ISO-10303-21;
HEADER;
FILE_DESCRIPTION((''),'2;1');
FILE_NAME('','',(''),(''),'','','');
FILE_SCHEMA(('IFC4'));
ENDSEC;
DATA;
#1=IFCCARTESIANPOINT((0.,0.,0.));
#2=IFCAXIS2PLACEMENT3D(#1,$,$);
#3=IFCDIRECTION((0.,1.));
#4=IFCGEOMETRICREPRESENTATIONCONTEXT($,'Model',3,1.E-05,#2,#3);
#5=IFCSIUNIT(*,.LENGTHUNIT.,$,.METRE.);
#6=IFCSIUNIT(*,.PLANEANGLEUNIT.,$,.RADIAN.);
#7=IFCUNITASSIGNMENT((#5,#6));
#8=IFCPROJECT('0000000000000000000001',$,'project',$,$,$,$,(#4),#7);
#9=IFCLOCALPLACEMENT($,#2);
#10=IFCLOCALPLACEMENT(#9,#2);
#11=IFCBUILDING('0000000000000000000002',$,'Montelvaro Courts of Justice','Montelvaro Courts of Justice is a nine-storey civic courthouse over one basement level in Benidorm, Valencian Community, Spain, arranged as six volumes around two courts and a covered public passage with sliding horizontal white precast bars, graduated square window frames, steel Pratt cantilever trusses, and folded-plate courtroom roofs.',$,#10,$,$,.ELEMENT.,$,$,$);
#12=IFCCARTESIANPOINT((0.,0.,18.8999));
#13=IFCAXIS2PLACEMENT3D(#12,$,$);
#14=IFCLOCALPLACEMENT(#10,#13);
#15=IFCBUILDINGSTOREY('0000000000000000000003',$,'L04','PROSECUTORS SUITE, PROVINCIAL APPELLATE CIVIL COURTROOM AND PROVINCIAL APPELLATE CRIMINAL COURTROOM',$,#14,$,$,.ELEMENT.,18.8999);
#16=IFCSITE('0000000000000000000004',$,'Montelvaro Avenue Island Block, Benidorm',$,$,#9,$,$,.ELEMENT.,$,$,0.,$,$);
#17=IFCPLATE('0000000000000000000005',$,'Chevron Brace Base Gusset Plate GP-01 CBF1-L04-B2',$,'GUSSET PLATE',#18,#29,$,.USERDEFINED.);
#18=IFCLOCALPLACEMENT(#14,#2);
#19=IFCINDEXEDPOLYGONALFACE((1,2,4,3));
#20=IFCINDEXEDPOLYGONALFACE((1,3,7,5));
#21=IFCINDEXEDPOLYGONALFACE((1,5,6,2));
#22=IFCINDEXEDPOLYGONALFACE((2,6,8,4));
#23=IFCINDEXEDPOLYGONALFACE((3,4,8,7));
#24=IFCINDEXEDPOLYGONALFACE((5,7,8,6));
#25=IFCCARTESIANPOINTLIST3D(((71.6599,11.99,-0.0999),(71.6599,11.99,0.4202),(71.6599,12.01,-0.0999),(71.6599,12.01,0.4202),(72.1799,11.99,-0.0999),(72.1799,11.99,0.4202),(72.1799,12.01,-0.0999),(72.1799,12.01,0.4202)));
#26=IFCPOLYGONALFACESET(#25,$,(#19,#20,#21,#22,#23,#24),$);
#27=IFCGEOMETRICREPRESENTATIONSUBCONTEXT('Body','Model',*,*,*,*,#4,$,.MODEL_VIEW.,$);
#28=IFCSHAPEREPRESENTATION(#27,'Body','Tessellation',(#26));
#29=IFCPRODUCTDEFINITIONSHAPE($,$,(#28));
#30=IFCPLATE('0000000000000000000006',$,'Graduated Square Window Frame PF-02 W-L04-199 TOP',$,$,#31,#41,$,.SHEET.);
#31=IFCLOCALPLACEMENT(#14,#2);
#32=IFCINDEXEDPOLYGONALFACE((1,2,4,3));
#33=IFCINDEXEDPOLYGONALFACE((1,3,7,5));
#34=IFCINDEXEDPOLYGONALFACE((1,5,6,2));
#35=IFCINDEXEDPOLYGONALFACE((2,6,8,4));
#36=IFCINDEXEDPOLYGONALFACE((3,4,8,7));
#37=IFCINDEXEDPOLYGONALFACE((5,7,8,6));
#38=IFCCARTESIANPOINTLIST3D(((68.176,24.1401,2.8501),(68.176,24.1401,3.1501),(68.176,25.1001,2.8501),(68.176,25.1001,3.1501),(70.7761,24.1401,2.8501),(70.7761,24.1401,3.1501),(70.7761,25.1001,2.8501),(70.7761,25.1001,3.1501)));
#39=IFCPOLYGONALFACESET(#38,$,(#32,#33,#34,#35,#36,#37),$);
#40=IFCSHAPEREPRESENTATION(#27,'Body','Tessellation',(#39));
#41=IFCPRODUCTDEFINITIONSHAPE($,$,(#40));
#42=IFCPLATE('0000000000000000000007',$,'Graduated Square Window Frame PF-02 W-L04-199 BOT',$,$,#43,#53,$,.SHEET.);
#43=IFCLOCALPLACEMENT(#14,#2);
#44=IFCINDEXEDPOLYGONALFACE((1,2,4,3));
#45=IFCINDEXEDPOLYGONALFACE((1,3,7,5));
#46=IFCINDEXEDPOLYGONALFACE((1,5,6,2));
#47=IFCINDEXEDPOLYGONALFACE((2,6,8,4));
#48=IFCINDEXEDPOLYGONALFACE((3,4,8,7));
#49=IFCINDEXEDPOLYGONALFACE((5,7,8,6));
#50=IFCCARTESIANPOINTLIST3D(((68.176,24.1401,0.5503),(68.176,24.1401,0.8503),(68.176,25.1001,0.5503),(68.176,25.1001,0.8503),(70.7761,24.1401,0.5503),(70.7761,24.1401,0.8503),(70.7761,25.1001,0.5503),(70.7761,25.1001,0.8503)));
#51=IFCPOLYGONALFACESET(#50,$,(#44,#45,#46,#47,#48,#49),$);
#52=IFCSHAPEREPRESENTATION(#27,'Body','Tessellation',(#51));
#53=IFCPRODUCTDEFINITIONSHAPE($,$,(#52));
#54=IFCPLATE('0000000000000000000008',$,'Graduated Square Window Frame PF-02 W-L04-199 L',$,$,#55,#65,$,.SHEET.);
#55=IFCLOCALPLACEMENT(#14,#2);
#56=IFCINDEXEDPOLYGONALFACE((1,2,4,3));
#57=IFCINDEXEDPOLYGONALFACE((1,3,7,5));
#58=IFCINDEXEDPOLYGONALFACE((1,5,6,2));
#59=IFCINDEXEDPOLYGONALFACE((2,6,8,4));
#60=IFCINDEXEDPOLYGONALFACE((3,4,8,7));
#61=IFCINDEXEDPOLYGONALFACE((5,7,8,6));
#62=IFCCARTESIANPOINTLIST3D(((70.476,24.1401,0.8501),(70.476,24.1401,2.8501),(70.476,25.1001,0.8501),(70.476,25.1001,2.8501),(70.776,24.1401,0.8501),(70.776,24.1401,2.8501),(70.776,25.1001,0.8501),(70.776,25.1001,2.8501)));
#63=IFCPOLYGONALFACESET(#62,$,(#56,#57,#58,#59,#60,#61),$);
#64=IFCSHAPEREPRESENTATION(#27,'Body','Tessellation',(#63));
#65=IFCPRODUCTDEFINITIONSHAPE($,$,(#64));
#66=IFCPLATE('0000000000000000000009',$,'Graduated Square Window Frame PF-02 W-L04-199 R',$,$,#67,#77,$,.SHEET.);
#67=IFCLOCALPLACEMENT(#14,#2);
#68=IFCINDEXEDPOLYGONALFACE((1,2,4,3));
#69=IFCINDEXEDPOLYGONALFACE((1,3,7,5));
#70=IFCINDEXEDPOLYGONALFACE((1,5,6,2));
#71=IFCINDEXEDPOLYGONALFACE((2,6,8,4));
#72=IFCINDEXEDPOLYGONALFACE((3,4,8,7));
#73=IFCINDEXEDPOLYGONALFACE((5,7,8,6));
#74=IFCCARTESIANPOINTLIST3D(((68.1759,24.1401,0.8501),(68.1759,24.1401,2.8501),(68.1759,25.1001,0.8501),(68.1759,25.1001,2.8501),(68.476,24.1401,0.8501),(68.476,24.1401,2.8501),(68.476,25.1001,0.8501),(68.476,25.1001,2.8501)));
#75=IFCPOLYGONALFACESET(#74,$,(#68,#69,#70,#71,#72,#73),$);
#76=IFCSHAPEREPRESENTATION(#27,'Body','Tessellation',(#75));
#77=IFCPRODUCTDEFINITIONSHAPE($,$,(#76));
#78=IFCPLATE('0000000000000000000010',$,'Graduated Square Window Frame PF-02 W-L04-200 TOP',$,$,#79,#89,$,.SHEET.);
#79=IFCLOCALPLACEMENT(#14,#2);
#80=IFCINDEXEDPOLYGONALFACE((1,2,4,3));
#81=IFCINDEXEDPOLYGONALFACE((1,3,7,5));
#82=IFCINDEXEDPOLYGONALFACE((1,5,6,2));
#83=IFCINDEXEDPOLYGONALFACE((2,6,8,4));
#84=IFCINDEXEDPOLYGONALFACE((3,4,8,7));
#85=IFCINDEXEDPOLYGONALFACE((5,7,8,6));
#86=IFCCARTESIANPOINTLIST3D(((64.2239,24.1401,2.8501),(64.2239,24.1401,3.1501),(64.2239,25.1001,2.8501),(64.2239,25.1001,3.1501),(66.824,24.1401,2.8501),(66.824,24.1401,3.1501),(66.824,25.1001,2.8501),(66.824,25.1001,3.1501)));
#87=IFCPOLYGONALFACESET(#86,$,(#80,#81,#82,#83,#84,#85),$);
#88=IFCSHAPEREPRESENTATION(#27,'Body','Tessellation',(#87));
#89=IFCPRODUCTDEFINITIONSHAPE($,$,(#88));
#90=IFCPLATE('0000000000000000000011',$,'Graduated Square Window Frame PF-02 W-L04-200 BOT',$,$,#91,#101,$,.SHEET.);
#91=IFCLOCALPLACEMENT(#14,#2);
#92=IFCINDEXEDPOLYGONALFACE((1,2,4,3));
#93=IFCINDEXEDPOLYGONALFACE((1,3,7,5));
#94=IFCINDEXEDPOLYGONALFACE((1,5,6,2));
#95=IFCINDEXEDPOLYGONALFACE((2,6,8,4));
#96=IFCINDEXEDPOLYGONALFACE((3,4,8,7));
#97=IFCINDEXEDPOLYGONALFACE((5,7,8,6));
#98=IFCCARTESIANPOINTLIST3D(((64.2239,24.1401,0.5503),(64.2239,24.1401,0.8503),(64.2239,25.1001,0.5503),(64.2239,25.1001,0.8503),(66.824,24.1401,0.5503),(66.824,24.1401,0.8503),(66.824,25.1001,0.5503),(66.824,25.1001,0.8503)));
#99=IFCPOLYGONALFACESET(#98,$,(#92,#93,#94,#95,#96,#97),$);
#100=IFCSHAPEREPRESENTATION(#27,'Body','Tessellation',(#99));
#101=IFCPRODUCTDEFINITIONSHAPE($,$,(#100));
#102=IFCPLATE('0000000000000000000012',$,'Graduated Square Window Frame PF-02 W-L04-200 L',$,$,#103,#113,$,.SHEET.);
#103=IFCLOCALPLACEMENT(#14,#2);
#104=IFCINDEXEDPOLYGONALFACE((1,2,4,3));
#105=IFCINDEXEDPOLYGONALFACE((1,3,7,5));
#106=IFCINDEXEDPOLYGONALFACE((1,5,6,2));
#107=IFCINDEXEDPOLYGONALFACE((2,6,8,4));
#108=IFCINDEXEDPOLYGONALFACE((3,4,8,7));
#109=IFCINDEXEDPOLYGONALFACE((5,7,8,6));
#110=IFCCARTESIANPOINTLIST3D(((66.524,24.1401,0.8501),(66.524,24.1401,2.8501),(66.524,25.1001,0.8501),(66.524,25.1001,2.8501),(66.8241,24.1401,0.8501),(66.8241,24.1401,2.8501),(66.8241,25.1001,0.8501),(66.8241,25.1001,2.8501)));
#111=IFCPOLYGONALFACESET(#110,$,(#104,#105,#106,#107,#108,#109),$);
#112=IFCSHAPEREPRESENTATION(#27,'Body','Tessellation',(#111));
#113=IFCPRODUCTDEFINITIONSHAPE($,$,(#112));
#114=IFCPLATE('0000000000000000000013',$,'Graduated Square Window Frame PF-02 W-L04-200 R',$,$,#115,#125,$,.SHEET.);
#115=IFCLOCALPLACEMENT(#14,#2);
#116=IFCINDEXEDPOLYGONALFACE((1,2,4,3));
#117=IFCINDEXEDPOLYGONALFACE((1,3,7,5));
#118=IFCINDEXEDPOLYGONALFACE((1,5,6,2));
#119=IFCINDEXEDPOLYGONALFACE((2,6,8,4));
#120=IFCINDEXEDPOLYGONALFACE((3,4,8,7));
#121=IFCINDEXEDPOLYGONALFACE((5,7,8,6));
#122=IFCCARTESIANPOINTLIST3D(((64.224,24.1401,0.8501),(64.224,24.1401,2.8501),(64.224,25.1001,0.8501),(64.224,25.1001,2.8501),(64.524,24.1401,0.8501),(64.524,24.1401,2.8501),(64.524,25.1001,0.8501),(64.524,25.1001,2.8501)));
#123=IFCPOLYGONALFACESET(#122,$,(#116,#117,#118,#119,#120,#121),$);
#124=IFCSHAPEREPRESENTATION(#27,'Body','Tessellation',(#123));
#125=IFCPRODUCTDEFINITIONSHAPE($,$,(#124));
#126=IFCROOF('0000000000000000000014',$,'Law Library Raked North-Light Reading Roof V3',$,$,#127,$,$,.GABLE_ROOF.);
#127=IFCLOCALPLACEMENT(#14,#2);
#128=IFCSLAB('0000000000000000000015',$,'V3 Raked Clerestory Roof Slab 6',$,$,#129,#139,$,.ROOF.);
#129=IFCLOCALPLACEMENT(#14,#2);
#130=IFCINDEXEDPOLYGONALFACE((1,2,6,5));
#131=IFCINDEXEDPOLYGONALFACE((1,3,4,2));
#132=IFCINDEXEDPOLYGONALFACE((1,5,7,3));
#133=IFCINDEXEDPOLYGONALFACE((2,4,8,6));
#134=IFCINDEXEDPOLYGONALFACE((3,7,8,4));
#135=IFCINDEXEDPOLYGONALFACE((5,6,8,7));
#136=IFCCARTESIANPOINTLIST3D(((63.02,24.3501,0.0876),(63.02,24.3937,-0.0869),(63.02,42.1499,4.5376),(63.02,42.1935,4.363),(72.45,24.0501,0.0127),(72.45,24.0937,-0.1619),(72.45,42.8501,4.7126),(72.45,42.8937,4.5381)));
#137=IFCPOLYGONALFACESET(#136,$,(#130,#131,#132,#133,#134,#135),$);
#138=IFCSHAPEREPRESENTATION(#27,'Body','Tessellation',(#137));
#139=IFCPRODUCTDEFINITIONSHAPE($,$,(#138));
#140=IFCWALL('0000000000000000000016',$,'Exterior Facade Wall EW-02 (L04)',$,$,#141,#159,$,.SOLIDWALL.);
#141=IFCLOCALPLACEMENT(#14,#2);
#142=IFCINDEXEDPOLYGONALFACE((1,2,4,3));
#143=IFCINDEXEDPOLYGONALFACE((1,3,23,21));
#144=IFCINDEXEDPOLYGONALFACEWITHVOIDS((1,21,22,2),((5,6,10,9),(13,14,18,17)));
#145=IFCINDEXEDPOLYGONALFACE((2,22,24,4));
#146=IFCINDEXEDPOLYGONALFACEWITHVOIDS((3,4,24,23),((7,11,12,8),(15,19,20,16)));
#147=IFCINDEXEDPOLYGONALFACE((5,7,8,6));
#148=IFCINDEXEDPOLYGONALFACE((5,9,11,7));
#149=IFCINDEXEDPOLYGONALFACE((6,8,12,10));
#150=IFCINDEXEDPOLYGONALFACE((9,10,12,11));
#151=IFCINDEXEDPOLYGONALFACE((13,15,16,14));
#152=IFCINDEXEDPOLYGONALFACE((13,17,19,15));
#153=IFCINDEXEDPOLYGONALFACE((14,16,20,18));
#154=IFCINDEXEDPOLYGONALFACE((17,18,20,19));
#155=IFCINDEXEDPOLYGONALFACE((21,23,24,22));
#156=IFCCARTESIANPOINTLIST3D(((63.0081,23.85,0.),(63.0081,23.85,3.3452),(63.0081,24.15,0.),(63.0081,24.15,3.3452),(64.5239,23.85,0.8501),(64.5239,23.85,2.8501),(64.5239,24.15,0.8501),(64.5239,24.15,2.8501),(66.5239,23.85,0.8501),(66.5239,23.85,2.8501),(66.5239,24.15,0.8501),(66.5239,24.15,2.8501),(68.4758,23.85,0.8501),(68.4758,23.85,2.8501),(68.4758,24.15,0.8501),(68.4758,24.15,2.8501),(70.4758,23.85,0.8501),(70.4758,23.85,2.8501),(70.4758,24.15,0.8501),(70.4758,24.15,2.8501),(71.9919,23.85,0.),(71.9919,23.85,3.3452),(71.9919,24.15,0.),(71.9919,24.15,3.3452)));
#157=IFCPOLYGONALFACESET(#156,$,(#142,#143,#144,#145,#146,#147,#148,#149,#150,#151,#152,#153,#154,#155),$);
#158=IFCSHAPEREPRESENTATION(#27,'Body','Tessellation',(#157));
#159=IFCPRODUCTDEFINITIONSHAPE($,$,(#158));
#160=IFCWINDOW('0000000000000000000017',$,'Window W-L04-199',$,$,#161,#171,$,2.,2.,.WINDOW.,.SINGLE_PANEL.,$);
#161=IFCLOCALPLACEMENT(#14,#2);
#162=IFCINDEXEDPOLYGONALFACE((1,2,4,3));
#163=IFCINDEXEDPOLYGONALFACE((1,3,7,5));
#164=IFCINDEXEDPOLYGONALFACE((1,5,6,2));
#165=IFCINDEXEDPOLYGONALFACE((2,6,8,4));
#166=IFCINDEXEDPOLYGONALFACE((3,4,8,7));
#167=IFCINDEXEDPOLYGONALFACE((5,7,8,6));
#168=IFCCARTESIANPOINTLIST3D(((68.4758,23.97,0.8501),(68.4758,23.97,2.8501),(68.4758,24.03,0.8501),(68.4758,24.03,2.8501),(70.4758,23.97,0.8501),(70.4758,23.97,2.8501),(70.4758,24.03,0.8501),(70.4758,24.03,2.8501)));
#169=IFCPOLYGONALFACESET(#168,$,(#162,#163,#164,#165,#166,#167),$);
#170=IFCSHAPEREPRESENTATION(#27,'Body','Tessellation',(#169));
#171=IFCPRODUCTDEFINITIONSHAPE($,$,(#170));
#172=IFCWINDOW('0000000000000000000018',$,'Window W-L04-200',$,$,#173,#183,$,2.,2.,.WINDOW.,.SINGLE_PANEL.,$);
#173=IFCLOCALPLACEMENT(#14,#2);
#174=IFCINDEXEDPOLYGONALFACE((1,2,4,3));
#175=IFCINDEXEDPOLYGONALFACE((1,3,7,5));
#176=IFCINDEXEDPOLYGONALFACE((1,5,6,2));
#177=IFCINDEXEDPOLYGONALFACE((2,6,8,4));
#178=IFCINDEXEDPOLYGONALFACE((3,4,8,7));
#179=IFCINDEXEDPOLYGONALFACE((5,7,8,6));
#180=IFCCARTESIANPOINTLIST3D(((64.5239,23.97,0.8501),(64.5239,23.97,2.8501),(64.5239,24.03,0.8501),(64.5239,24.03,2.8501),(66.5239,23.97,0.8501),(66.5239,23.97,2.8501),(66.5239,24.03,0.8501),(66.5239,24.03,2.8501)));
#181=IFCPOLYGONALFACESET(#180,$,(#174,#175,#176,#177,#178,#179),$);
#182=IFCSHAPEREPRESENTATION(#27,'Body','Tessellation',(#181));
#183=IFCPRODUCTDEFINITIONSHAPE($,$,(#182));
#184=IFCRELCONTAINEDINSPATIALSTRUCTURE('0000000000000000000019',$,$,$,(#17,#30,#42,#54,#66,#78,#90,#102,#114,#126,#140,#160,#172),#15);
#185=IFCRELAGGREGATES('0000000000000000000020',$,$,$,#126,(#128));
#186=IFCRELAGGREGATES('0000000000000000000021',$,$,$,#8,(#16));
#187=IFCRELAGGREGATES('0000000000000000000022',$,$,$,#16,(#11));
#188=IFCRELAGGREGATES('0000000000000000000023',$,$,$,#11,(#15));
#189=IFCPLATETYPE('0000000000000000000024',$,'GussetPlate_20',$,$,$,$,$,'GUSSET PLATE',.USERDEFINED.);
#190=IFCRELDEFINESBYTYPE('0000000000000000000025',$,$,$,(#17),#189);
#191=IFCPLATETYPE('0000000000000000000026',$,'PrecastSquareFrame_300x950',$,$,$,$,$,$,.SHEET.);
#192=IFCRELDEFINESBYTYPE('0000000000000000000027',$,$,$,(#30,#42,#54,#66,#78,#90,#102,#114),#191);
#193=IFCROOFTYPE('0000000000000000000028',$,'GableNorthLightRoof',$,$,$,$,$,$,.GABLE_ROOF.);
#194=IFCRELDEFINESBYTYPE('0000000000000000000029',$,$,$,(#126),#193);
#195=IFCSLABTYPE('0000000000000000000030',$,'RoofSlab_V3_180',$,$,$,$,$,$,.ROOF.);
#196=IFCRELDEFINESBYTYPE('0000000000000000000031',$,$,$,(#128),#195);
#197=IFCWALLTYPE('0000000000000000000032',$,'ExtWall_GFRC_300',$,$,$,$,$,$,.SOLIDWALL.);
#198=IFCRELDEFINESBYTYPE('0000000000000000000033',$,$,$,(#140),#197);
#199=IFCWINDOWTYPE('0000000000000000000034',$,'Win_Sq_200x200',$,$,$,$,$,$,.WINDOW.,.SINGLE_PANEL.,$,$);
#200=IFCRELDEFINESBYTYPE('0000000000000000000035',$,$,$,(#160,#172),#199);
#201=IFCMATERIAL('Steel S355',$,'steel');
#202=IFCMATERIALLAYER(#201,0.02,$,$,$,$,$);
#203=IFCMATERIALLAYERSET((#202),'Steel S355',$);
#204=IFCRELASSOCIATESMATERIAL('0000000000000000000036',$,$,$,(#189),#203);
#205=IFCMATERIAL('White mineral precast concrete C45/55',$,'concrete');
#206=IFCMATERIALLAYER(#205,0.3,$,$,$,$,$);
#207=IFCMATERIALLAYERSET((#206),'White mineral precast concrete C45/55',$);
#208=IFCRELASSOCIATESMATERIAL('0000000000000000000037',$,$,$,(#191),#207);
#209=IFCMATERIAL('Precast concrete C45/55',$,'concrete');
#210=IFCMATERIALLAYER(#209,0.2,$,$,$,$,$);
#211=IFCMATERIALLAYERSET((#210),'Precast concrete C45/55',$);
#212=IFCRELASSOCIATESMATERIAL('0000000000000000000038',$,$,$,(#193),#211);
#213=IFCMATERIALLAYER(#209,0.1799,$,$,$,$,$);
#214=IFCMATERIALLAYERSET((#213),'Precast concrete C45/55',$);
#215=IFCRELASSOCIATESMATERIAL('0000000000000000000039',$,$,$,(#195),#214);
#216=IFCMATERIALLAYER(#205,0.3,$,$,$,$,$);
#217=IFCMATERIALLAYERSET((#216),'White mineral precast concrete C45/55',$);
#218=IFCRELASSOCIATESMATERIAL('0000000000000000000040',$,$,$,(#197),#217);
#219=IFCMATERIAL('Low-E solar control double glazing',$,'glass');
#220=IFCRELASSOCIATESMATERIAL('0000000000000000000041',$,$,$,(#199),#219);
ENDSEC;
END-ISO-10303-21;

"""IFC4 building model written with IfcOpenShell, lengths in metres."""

from ifc_helpers import new_model, si_unit, direction, frame, frame_2d, origin, origin_2d, place, context, subcontext, project, spatial, polyline, rectangle, outline, extrude, material, layer, layer_set, type_object, element, fill, aggregate, save


model = new_model("IFC4")

# Units and contexts
model_context = context("Model", 3, precision=1e-05, world=origin(), true_north=direction((0.0, 1.0)))
body_context = subcontext(model_context, "Body", "Model", "MODEL_VIEW")
ifc_project = project(units=[si_unit("LENGTHUNIT", "METRE"), si_unit("PLANEANGLEUNIT", "RADIAN")], contexts=[model_context])

# Site, building, storey
site_placement = place(None, origin())
site = spatial("IfcSite", under=ifc_project, at=site_placement, Name="Montelvaro Avenue Island Block, Benidorm", CompositionType="ELEMENT", RefElevation=0.0)
building_placement = place(site_placement, origin())
building = spatial("IfcBuilding", under=site, at=building_placement, Name="Montelvaro Courts of Justice", Description="Montelvaro Courts of Justice is a nine-storey civic courthouse over one basement level in Benidorm, Valencian Community, Spain, arranged as six volumes around two courts and a covered public passage with sliding horizontal white precast bars, graduated square window frames, steel Pratt cantilever trusses, and folded-plate courtroom roofs.", CompositionType="ELEMENT")
storey_placement = place(building_placement, frame((0.0, 0.0, 18.8999)))
storey = spatial("IfcBuildingStorey", under=building, at=storey_placement, Name="L04", Description="PROSECUTORS SUITE, PROVINCIAL APPELLATE CIVIL COURTROOM AND PROVINCIAL APPELLATE CRIMINAL COURTROOM", CompositionType="ELEMENT", Elevation=18.8999)

# Shared definitions
ifc_material_1 = material(Name="Steel S355", Category="steel")

# Plates
ifc_layer_1 = layer(ifc_material_1, 0.02)
ifc_layer_set_1 = layer_set([ifc_layer_1], Name="Steel S355")
plate_type_1 = type_object("IfcPlateType", Name="GussetPlate_20", ElementType="GUSSET PLATE", PredefinedType="USERDEFINED", material=ifc_layer_set_1)
plate_1_placement = place(storey_placement, frame((71.9199, 12.0, -0.0999), z_axis=(0.0, 0.0, 1.0), x_axis=(1.0, 0.0, 0.0)))
element("IfcPlate", 1, at=plate_1_placement, inside=storey, type_object=plate_type_1, Name="Chevron Brace Base Gusset Plate GP-01 CBF1-L04-B2", ObjectType="GUSSET PLATE", PredefinedType="USERDEFINED", context=body_context, shape_type="SweptSolid", body=[
    extrude(rectangle(XDim=0.52, YDim=0.02, at=origin_2d()), origin(), (0.0, 0.0, 1.0), 0.52),
])
ifc_material_2 = material(Name="White mineral precast concrete C45/55", Category="concrete")
ifc_layer_2 = layer(ifc_material_2, 0.3)
ifc_layer_set_2 = layer_set([ifc_layer_2], Name="White mineral precast concrete C45/55")
plate_type_2 = type_object("IfcPlateType", Name="PrecastSquareFrame_300x950", PredefinedType="SHEET", material=ifc_layer_set_2)
for number, where, z_axis, x_axis, name in (
    (2, (69.4761, 24.6201, 2.8501), (0.0, 0.0, 1.0), (-1.0, 0.0, 0.0), "Graduated Square Window Frame PF-02 W-L04-199 TOP"),
    (3, (69.4761, 24.6201, 0.5503), (0.0, 0.0, 1.0), (-1.0, 0.0, 0.0), "Graduated Square Window Frame PF-02 W-L04-199 BOT"),
):
    element("IfcPlate", number, at=place(storey_placement, frame(where, z_axis=z_axis, x_axis=x_axis)), inside=storey, type_object=plate_type_2, Name=name, PredefinedType="SHEET", context=body_context, shape_type="SweptSolid", body=[
        extrude(rectangle(XDim=2.6001, YDim=0.96, at=origin_2d()), origin(), (0.0, 0.0, 1.0), 0.3),
    ])
for number, where, z_axis, x_axis, name in (
    (4, (70.626, 24.6201, 0.8501), (0.0, 0.0, 1.0), (-1.0, 0.0, 0.0), "Graduated Square Window Frame PF-02 W-L04-199 L"),
    (5, (68.3259, 24.6201, 0.8501), (0.0, 0.0, 1.0), (-1.0, 0.0, 0.0), "Graduated Square Window Frame PF-02 W-L04-199 R"),
):
    element("IfcPlate", number, at=place(storey_placement, frame(where, z_axis=z_axis, x_axis=x_axis)), inside=storey, type_object=plate_type_2, Name=name, PredefinedType="SHEET", context=body_context, shape_type="SweptSolid", body=[
        extrude(rectangle(XDim=0.3, YDim=0.96, at=origin_2d()), origin(), (0.0, 0.0, 1.0), 2.0),
    ])
for number, where, z_axis, x_axis, name in (
    (6, (65.5239, 24.6201, 2.8501), (0.0, 0.0, 1.0), (-1.0, 0.0, 0.0), "Graduated Square Window Frame PF-02 W-L04-200 TOP"),
    (7, (65.5239, 24.6201, 0.5503), (0.0, 0.0, 1.0), (-1.0, 0.0, 0.0), "Graduated Square Window Frame PF-02 W-L04-200 BOT"),
):
    element("IfcPlate", number, at=place(storey_placement, frame(where, z_axis=z_axis, x_axis=x_axis)), inside=storey, type_object=plate_type_2, Name=name, PredefinedType="SHEET", context=body_context, shape_type="SweptSolid", body=[
        extrude(rectangle(XDim=2.6001, YDim=0.96, at=origin_2d()), origin(), (0.0, 0.0, 1.0), 0.3),
    ])
for number, where, z_axis, x_axis, name in (
    (8, (66.6741, 24.6201, 0.8501), (0.0, 0.0, 1.0), (-1.0, 0.0, 0.0), "Graduated Square Window Frame PF-02 W-L04-200 L"),
    (9, (64.374, 24.6201, 0.8501), (0.0, 0.0, 1.0), (-1.0, 0.0, 0.0), "Graduated Square Window Frame PF-02 W-L04-200 R"),
):
    element("IfcPlate", number, at=place(storey_placement, frame(where, z_axis=z_axis, x_axis=x_axis)), inside=storey, type_object=plate_type_2, Name=name, PredefinedType="SHEET", context=body_context, shape_type="SweptSolid", body=[
        extrude(rectangle(XDim=0.3, YDim=0.96, at=origin_2d()), origin(), (0.0, 0.0, 1.0), 2.0),
    ])

# Roof, slab
ifc_material_3 = material(Name="Precast concrete C45/55", Category="concrete")
ifc_layer_3 = layer(ifc_material_3, 0.2)
ifc_layer_set_3 = layer_set([ifc_layer_3], Name="Precast concrete C45/55")
roof_type = type_object("IfcRoofType", Name="GableNorthLightRoof", PredefinedType="GABLE_ROOF", material=ifc_layer_set_3)
roof_placement = place(storey_placement, origin())
roof = element("IfcRoof", 10, at=roof_placement, inside=storey, type_object=roof_type, Name="Law Library Raked North-Light Reading Roof V3", PredefinedType="GABLE_ROOF")
ifc_layer_4 = layer(ifc_material_3, 0.1799)
ifc_layer_set_4 = layer_set([ifc_layer_4], Name="Precast concrete C45/55")
slab_type = type_object("IfcSlabType", Name="RoofSlab_V3_180", PredefinedType="ROOF", material=ifc_layer_set_4)
slab_placement = place(storey_placement, frame((63.02, 24.3501, 0.0876), z_axis=(-0.000003, -0.242534, 0.970143), x_axis=(0.999463, -0.031801, -0.007947)))
slab = element("IfcSlab", 11, at=slab_placement, type_object=slab_type, Name="V3 Raked Clerestory Roof Slab 6", PredefinedType="ROOF", context=body_context, shape_type="SweptSolid", body=[
    extrude(outline(polyline([(0.0, 0.0), (9.435, 0.0), (8.7998, 19.3682), (-0.6014, 18.3378), (0.0, 0.0)])), origin(), (0.0, 0.0, -1.0), 0.1799),
])
aggregate(roof, [slab])

# Wall, openings, windows
ifc_layer_5 = layer(ifc_material_2, 0.3)
ifc_layer_set_5 = layer_set([ifc_layer_5], Name="White mineral precast concrete C45/55")
wall_type = type_object("IfcWallType", Name="ExtWall_GFRC_300", PredefinedType="SOLIDWALL", material=ifc_layer_set_5)
wall_placement = place(storey_placement, frame((71.9919, 24.0, 0.0), z_axis=(0.0, 0.0, 1.0), x_axis=(-1.0, 0.0, 0.0)))
wall = element("IfcWall", 12, at=wall_placement, inside=storey, type_object=wall_type, Name="Exterior Facade Wall EW-02 (L04)", PredefinedType="SOLIDWALL", context=body_context, shape_type="SweptSolid", body=[
    extrude(rectangle(XDim=8.9839, YDim=0.3, at=frame_2d((4.4919, 0.0))), origin(), (0.0, 0.0, 1.0), 3.3452),
])
opening_1_placement = place(wall_placement, frame((1.5161, 0.0, 0.8501)))
opening_1 = element("IfcOpeningElement", 13, at=opening_1_placement, cuts=wall, PredefinedType="OPENING", context=body_context, shape_type="SweptSolid", body=[
    extrude(rectangle(XDim=2.0, YDim=2.0, at=frame_2d((1.0, 1.0))), frame((0.0, 0.165, 0.0), z_axis=(0.0, -1.0, 0.0), x_axis=(1.0, 0.0, 0.0)), (0.0, 0.0, 1.0), 0.3298),
])
opening_2_placement = place(wall_placement, frame((5.468, 0.0, 0.8501)))
opening_2 = element("IfcOpeningElement", 14, at=opening_2_placement, cuts=wall, PredefinedType="OPENING", context=body_context, shape_type="SweptSolid", body=[
    extrude(rectangle(XDim=2.0, YDim=2.0, at=frame_2d((1.0, 1.0))), frame((0.0, 0.165, 0.0), z_axis=(0.0, -1.0, 0.0), x_axis=(1.0, 0.0, 0.0)), (0.0, 0.0, 1.0), 0.3298),
])
ifc_material_4 = material(Name="Low-E solar control double glazing", Category="glass")
window_type = type_object("IfcWindowType", Name="Win_Sq_200x200", PartitioningType="SINGLE_PANEL", PredefinedType="WINDOW", material=ifc_material_4)
window_1_placement = place(opening_1_placement, origin())
window_1 = element("IfcWindow", 15, at=window_1_placement, inside=storey, type_object=window_type, Name="Window W-L04-199", OverallHeight=2.0, OverallWidth=2.0, PartitioningType="SINGLE_PANEL", PredefinedType="WINDOW", context=body_context, shape_type="SweptSolid", body=[
    extrude(rectangle(XDim=2.0, YDim=2.0, at=frame_2d((1.0, 1.0))), frame((0.0, 0.03, 0.0), z_axis=(0.0, -1.0, 0.0), x_axis=(1.0, 0.0, 0.0)), (0.0, 0.0, 1.0), 0.0601),
])
fill(opening_1, window_1)
window_2_placement = place(opening_2_placement, origin())
window_2 = element("IfcWindow", 16, at=window_2_placement, inside=storey, type_object=window_type, Name="Window W-L04-200", OverallHeight=2.0, OverallWidth=2.0, PartitioningType="SINGLE_PANEL", PredefinedType="WINDOW", context=body_context, shape_type="SweptSolid", body=[
    extrude(rectangle(XDim=2.0, YDim=2.0, at=frame_2d((1.0, 1.0))), frame((0.0, 0.03, 0.0), z_axis=(0.0, -1.0, 0.0), x_axis=(1.0, 0.0, 0.0)), (0.0, 0.0, 1.0), 0.0601),
])
fill(opening_2, window_2)

save(model, "model.ifc")
